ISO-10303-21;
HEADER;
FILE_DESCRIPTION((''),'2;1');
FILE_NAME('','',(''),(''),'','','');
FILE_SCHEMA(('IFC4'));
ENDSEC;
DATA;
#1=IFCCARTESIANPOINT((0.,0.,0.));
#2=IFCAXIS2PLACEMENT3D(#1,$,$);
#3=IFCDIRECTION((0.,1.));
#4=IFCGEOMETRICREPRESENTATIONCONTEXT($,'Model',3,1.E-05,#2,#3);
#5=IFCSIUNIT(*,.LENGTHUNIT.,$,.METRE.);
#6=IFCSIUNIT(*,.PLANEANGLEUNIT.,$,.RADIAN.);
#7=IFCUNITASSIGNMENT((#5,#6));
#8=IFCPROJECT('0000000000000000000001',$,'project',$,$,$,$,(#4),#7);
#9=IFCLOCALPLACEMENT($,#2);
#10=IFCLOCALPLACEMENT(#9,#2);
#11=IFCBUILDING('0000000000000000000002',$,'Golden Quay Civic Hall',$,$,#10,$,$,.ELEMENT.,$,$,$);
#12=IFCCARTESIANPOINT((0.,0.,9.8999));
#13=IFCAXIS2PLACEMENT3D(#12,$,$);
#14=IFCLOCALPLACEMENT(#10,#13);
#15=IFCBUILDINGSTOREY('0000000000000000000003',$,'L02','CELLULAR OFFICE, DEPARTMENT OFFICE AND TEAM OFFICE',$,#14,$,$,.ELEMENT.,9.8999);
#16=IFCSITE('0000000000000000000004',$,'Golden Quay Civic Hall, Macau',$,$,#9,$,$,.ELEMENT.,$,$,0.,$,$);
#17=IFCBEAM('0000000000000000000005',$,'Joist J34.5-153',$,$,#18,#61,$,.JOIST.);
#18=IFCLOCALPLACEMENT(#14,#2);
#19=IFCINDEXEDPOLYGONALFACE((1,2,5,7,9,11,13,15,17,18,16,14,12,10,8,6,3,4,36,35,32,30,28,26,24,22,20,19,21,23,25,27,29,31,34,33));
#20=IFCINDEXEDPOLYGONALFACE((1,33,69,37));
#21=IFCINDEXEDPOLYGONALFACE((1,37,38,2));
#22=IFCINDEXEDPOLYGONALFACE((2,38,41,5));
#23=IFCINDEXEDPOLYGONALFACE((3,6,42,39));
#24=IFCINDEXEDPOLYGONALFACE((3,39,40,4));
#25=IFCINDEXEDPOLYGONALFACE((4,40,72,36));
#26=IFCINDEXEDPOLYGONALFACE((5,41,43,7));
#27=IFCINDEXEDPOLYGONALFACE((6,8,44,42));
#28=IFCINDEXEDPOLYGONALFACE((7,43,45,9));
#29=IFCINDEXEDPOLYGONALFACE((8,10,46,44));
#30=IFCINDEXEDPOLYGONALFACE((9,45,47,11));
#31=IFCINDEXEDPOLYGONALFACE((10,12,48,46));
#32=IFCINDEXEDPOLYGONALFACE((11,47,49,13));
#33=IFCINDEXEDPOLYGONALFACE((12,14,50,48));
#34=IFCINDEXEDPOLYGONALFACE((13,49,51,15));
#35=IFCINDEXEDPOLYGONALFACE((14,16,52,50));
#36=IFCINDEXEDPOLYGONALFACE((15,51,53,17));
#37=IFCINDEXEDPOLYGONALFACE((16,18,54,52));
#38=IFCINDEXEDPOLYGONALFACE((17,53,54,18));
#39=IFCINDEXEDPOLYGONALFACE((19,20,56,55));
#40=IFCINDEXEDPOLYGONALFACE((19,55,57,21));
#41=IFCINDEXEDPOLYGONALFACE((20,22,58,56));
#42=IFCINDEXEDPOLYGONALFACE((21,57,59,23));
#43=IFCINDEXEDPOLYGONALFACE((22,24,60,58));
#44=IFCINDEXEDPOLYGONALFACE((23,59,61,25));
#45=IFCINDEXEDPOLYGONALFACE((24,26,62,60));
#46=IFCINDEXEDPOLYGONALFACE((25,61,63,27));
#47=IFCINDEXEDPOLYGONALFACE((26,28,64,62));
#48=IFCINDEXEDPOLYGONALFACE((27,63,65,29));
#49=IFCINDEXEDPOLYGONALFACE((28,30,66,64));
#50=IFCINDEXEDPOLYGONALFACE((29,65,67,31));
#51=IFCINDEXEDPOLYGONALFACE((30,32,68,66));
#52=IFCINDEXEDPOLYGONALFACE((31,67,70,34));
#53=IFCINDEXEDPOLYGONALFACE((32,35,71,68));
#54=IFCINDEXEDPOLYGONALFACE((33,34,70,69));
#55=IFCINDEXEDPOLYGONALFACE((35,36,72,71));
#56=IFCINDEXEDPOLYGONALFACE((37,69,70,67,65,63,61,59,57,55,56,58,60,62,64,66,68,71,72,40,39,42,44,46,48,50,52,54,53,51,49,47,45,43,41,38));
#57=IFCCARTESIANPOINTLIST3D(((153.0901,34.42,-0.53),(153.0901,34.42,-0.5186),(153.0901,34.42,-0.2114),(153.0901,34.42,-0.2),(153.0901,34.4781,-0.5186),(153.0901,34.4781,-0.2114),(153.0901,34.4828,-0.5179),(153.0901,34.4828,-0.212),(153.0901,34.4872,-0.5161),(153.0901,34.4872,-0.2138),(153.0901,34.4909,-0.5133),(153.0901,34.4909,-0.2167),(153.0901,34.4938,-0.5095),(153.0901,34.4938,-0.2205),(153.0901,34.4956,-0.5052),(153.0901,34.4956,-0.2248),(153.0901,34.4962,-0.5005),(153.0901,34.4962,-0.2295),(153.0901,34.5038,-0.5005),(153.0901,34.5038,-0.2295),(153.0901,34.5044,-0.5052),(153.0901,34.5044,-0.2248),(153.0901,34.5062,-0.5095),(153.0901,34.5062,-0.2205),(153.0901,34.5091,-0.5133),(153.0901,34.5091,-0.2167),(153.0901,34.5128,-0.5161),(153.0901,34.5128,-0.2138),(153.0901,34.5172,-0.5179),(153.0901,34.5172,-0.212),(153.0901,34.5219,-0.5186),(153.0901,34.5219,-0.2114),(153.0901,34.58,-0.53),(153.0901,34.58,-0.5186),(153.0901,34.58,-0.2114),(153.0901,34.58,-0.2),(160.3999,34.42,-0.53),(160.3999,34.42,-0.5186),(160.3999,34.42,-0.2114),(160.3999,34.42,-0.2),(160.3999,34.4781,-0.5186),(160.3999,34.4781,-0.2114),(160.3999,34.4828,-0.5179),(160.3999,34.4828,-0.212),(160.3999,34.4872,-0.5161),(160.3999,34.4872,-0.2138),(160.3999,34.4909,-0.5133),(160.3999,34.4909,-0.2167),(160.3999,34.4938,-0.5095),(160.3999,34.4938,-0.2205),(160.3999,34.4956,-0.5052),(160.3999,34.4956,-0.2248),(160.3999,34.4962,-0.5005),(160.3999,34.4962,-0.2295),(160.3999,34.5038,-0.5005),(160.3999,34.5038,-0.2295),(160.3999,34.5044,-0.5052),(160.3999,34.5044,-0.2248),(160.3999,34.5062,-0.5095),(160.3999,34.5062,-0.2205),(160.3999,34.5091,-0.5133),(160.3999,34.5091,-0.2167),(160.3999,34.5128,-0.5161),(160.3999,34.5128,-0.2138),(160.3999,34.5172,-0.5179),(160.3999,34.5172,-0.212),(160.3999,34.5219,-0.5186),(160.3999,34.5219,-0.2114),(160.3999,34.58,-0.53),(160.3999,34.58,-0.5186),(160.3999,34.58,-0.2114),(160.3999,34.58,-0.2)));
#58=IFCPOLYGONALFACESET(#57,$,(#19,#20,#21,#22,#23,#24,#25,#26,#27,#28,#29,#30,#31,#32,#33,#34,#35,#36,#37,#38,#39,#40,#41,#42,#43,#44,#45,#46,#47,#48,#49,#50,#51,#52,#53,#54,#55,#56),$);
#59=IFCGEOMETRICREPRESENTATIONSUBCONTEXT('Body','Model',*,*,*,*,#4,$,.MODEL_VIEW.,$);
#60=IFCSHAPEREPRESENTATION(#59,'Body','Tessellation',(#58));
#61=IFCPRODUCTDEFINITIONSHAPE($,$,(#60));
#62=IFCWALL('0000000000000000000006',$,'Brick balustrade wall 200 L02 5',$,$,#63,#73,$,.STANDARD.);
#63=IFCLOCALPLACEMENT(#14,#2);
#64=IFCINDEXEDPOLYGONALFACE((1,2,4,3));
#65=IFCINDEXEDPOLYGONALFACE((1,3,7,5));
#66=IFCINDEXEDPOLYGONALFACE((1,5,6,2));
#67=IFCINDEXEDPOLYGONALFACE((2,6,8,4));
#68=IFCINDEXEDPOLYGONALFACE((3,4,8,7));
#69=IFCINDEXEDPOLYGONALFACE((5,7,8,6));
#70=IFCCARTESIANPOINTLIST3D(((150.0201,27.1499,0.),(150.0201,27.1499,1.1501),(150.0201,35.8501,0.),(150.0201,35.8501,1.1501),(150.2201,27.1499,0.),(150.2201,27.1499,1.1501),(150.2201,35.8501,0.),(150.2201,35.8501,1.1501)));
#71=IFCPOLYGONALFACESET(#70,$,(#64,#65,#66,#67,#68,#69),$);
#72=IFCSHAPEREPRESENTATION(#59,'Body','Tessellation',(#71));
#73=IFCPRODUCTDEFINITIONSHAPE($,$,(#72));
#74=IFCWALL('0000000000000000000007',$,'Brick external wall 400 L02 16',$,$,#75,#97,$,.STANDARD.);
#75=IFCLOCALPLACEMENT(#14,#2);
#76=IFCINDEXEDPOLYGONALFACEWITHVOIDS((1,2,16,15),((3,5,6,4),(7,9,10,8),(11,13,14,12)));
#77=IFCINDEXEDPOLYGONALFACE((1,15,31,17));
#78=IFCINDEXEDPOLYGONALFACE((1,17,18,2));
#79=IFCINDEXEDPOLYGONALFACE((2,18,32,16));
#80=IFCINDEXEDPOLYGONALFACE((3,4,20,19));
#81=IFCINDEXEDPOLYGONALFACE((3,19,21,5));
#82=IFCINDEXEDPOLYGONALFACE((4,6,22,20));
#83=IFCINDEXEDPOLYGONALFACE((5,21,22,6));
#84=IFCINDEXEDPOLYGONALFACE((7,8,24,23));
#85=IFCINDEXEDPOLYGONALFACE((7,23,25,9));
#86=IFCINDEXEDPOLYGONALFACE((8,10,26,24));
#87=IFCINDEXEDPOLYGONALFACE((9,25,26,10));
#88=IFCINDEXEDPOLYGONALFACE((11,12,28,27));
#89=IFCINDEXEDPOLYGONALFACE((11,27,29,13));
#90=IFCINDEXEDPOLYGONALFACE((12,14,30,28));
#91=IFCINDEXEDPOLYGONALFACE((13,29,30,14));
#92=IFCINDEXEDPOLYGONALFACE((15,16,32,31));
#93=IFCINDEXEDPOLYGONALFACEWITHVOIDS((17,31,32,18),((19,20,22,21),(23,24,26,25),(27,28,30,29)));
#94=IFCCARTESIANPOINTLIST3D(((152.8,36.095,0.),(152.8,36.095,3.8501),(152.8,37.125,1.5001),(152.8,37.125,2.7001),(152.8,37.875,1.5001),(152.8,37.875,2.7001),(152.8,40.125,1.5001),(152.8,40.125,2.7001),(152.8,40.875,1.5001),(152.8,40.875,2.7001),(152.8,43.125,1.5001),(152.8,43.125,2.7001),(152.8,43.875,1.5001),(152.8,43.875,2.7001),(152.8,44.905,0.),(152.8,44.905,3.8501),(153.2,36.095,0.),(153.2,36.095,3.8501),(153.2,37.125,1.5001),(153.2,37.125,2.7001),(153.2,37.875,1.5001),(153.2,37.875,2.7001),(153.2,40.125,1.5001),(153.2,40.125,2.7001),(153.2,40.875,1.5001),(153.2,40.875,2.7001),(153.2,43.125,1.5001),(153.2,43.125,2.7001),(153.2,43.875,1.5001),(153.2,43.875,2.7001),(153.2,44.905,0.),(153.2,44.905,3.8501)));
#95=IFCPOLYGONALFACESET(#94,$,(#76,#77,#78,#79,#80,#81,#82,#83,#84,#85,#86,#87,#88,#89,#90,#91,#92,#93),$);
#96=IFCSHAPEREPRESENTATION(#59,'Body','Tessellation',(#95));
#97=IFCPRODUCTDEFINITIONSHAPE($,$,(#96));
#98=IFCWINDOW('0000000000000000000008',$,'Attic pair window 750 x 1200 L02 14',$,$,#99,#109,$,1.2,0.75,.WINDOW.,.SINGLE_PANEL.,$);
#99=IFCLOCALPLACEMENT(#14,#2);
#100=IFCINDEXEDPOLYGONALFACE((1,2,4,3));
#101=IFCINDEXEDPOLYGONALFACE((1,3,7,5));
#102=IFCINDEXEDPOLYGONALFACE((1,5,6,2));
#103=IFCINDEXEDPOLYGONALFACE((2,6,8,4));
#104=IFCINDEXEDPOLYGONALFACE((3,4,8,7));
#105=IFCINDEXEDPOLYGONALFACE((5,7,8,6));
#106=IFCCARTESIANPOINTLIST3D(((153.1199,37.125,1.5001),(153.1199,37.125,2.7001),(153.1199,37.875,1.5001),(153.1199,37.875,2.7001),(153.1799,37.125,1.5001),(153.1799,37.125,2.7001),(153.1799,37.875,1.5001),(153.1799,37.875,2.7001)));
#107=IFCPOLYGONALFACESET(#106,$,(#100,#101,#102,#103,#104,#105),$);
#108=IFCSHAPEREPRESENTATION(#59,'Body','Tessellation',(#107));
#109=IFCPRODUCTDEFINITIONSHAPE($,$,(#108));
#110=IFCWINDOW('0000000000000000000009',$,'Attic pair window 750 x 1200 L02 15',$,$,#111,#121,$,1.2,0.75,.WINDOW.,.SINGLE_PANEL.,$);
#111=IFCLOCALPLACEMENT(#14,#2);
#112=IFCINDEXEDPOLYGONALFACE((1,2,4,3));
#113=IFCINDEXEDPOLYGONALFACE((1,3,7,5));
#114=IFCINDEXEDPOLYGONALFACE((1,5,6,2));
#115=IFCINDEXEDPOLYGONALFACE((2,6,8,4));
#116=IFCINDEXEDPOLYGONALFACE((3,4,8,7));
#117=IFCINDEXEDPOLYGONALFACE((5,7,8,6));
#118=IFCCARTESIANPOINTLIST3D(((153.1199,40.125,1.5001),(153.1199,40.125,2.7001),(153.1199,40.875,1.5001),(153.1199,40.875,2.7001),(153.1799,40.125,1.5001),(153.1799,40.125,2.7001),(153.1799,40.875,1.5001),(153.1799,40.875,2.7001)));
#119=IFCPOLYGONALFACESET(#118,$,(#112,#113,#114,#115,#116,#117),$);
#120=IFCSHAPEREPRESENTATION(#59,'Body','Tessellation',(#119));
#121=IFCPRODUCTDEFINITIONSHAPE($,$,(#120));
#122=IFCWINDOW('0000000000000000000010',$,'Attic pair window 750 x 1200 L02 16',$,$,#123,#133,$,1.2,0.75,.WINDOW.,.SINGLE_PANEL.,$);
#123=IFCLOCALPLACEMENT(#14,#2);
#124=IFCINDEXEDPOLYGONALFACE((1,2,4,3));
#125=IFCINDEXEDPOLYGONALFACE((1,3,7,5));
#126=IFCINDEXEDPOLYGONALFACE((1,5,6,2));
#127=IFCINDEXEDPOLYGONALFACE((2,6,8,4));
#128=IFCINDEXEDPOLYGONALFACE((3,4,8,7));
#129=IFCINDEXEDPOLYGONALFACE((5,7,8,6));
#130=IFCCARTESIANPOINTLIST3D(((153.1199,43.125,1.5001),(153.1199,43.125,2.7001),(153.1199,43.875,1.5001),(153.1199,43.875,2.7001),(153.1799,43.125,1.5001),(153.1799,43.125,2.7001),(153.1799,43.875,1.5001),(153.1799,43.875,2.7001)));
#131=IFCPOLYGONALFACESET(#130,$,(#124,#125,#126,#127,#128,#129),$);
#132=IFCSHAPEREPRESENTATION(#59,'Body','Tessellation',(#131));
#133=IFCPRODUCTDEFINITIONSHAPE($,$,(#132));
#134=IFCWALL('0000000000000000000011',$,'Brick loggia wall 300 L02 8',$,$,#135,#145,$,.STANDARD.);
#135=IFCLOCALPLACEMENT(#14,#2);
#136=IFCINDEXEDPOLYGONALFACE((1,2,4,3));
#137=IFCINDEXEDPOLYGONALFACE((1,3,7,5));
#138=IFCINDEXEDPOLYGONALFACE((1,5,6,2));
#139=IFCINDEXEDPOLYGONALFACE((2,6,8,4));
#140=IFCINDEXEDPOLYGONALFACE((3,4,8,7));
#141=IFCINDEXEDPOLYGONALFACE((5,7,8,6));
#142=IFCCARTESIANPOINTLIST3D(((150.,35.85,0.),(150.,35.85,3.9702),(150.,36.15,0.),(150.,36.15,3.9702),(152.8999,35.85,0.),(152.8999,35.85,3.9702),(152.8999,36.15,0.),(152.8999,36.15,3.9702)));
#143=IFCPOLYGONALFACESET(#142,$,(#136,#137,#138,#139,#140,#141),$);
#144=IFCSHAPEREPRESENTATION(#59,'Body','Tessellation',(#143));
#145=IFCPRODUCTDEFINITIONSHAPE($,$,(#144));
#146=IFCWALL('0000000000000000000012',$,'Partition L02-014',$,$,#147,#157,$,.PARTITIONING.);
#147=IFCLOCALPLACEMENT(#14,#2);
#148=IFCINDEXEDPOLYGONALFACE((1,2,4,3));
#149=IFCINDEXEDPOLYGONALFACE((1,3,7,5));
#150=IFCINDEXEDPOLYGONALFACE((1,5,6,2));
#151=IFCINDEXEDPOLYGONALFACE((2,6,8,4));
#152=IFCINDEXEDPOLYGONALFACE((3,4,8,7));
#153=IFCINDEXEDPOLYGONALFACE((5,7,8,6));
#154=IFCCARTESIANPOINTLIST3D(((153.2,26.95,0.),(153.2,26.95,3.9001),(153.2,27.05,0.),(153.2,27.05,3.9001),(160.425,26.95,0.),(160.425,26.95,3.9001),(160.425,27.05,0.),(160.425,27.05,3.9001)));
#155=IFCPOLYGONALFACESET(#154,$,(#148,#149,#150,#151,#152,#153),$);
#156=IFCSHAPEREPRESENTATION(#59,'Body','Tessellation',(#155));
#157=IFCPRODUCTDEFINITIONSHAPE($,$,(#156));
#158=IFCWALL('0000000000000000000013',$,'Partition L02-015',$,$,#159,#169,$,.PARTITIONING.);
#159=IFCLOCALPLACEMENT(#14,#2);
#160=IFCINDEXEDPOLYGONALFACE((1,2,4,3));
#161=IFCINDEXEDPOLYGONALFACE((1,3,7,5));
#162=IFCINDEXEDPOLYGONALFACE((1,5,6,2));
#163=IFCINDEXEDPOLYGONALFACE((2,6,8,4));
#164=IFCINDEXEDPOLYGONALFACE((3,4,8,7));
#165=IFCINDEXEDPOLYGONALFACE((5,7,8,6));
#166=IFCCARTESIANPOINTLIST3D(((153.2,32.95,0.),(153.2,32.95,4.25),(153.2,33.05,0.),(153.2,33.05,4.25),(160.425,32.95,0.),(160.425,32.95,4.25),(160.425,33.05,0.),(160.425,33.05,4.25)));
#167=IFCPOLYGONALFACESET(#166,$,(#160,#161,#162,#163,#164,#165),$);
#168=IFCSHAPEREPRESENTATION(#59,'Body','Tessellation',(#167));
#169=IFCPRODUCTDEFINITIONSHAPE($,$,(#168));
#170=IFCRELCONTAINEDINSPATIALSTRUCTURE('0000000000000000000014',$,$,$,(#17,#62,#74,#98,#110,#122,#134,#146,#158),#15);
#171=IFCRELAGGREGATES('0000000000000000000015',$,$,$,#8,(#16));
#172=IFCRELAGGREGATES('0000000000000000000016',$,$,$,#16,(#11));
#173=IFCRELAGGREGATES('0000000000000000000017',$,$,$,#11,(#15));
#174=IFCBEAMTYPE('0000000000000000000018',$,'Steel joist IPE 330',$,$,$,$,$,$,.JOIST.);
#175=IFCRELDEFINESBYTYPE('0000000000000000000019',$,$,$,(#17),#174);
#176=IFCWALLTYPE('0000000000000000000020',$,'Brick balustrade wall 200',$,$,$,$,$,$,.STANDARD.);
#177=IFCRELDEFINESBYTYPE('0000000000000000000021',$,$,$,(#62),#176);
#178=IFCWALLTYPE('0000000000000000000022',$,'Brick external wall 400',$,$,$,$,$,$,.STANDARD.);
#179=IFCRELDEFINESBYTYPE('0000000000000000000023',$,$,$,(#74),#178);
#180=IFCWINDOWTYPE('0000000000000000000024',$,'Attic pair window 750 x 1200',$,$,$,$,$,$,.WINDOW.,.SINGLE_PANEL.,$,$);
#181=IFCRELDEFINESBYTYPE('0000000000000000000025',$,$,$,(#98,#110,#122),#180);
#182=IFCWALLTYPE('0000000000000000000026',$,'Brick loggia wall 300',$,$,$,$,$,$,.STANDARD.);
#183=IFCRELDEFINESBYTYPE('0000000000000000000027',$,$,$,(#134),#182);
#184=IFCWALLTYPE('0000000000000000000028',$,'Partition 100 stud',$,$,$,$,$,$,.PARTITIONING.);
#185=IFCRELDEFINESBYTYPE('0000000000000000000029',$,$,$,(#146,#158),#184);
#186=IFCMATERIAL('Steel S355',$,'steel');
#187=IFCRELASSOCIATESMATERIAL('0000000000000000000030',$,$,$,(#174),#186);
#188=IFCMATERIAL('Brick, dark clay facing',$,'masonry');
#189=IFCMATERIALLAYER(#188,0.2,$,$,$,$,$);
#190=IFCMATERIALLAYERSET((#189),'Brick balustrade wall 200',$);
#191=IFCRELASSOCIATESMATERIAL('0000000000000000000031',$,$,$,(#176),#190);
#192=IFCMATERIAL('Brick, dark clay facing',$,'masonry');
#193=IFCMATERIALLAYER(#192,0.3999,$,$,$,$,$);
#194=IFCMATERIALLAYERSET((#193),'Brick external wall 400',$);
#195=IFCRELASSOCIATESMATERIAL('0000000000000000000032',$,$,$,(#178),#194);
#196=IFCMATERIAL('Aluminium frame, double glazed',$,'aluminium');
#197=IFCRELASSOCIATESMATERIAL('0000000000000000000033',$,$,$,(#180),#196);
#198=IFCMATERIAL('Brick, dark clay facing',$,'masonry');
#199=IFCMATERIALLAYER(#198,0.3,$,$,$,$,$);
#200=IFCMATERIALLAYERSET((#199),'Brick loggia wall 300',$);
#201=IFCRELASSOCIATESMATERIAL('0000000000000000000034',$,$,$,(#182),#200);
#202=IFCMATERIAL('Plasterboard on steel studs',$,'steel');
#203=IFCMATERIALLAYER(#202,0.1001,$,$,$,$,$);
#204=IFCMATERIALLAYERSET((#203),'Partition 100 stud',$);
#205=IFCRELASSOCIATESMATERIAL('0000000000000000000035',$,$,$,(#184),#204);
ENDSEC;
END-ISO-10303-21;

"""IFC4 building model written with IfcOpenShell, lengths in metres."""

from ifc_helpers import new_model, si_unit, direction, frame, frame_2d, origin, origin_2d, place, context, subcontext, project, spatial, rectangle, i_section, extrude, material, layer, layer_set, material_profile, profile_set, type_object, element, fill, save


model = new_model("IFC4")

# Units and contexts
model_context = context("Model", 3, precision=1e-05, world=origin(), true_north=direction((0.0, 1.0)))
body_context = subcontext(model_context, "Body", "Model", "MODEL_VIEW")
ifc_project = project(units=[si_unit("LENGTHUNIT", "METRE"), si_unit("PLANEANGLEUNIT", "RADIAN")], contexts=[model_context])

# Site, building, storey
site_placement = place(None, origin())
site = spatial("IfcSite", under=ifc_project, at=site_placement, Name="Golden Quay Civic Hall, Macau", CompositionType="ELEMENT", RefElevation=0.0)
building_placement = place(site_placement, origin())
building = spatial("IfcBuilding", under=site, at=building_placement, Name="Golden Quay Civic Hall", CompositionType="ELEMENT")
storey_placement = place(building_placement, frame((0.0, 0.0, 9.8999)))
storey = spatial("IfcBuildingStorey", under=building, at=storey_placement, Name="L02", Description="CELLULAR OFFICE, DEPARTMENT OFFICE AND TEAM OFFICE", CompositionType="ELEMENT", Elevation=9.8999)

# Beam
ifc_material_1 = material(Name="Steel S355", Category="steel")
ifc_material_profile_1 = material_profile(ifc_material_1, i_section(OverallWidth=0.1599, OverallDepth=0.3301, WebThickness=0.0076, FlangeThickness=0.0115, FilletRadius=0.0181, at=origin_2d()), Name="IPE 330")
ifc_profile_set_1 = profile_set([ifc_material_profile_1], Name="Steel S355")
beam_type_1 = type_object("IfcBeamType", Name="Steel joist IPE 330", PredefinedType="JOIST", material=ifc_profile_set_1)
for number, where, z_axis, x_axis, name in (
    (1, (153.0901, 34.5, -0.365), (1.0, 0.0, 0.0), (0.0, 1.0, 0.0), "Joist J34.5-153"),
):
    element("IfcBeam", number, at=place(storey_placement, frame(where, z_axis=z_axis, x_axis=x_axis)), inside=storey, type_object=beam_type_1, Name=name, PredefinedType="JOIST", context=body_context, shape_type="SweptSolid", body=[
        extrude(i_section(OverallWidth=0.1599, OverallDepth=0.3301, WebThickness=0.0076, FlangeThickness=0.0115, FilletRadius=0.0181, at=origin_2d()), origin(), (0.0, 0.0, 1.0), 7.3098),
    ])

# Wall
ifc_material_2 = material(Name="Brick, dark clay facing", Category="masonry")
ifc_layer_1 = layer(ifc_material_2, 0.2)
ifc_layer_set_1 = layer_set([ifc_layer_1], Name="Brick balustrade wall 200")
wall_type_1 = type_object("IfcWallType", Name="Brick balustrade wall 200", PredefinedType="STANDARD", material=ifc_layer_set_1)
wall_1_placement = place(storey_placement, frame((150.1201, 27.1499, 0.0), z_axis=(0.0, 0.0, 1.0), x_axis=(0.0, 1.0, 0.0)))
element("IfcWall", 2, at=wall_1_placement, inside=storey, type_object=wall_type_1, Name="Brick balustrade wall 200 L02 5", PredefinedType="STANDARD", context=body_context, shape_type="SweptSolid", body=[
    extrude(rectangle(XDim=8.7002, YDim=0.2, at=frame_2d((4.3501, 0.0))), origin(), (0.0, 0.0, 1.0), 1.1501),
])

# Shared definitions
ifc_material_3 = material(Name="Brick, dark clay facing", Category="masonry")
ifc_layer_2 = layer(ifc_material_3, 0.3999)
ifc_layer_set_2 = layer_set([ifc_layer_2], Name="Brick external wall 400")
wall_type_2 = type_object("IfcWallType", Name="Brick external wall 400", PredefinedType="STANDARD", material=ifc_layer_set_2)
ifc_material_4 = material(Name="Aluminium frame, double glazed", Category="aluminium")
window_type = type_object("IfcWindowType", Name="Attic pair window 750 x 1200", PartitioningType="SINGLE_PANEL", PredefinedType="WINDOW", material=ifc_material_4)

# Wall, openings, windows
wall_2_placement = place(storey_placement, frame((153.0, 36.095, 0.0), z_axis=(0.0, 0.0, 1.0), x_axis=(0.0, 1.0, 0.0)))
wall_2 = element("IfcWall", 3, at=wall_2_placement, inside=storey, type_object=wall_type_2, Name="Brick external wall 400 L02 16", PredefinedType="STANDARD", context=body_context, shape_type="SweptSolid", body=[
    extrude(rectangle(XDim=8.8101, YDim=0.3999, at=frame_2d((4.405, 0.0))), origin(), (0.0, 0.0, 1.0), 3.8501),
])
opening_1_placement = place(wall_2_placement, frame((1.03, 0.0, 1.5)))
opening_1 = element("IfcOpeningElement", 4, at=opening_1_placement, cuts=wall_2, PredefinedType="OPENING", context=body_context, shape_type="SweptSolid", body=[
    extrude(rectangle(XDim=0.75, YDim=1.2, at=frame_2d((0.375, 0.6001))), frame((0.0, 0.21, 0.0), z_axis=(0.0, -1.0, 0.0), x_axis=(1.0, 0.0, 0.0)), (0.0, 0.0, 1.0), 0.4199),
])
opening_2_placement = place(wall_2_placement, frame((4.03, 0.0, 1.5)))
opening_2 = element("IfcOpeningElement", 5, at=opening_2_placement, cuts=wall_2, PredefinedType="OPENING", context=body_context, shape_type="SweptSolid", body=[
    extrude(rectangle(XDim=0.75, YDim=1.2, at=frame_2d((0.375, 0.6001))), frame((0.0, 0.21, 0.0), z_axis=(0.0, -1.0, 0.0), x_axis=(1.0, 0.0, 0.0)), (0.0, 0.0, 1.0), 0.4199),
])
opening_3_placement = place(wall_2_placement, frame((7.03, 0.0, 1.5)))
opening_3 = element("IfcOpeningElement", 6, at=opening_3_placement, cuts=wall_2, PredefinedType="OPENING", context=body_context, shape_type="SweptSolid", body=[
    extrude(rectangle(XDim=0.75, YDim=1.2, at=frame_2d((0.375, 0.6001))), frame((0.0, 0.21, 0.0), z_axis=(0.0, -1.0, 0.0), x_axis=(1.0, 0.0, 0.0)), (0.0, 0.0, 1.0), 0.4199),
])
window_1_placement = place(opening_1_placement, origin())
window_1 = element("IfcWindow", 7, at=window_1_placement, inside=storey, type_object=window_type, Name="Attic pair window 750 x 1200 L02 14", OverallHeight=1.2, OverallWidth=0.75, PartitioningType="SINGLE_PANEL", PredefinedType="WINDOW", context=body_context, shape_type="SweptSolid", body=[
    extrude(rectangle(XDim=0.75, YDim=1.2, at=frame_2d((0.375, 0.6001))), frame((0.0, -0.1199, 0.0), z_axis=(0.0, -1.0, 0.0), x_axis=(1.0, 0.0, 0.0)), (0.0, 0.0, 1.0), 0.0601),
])
fill(opening_1, window_1)
window_2_placement = place(opening_2_placement, origin())
window_2 = element("IfcWindow", 8, at=window_2_placement, inside=storey, type_object=window_type, Name="Attic pair window 750 x 1200 L02 15", OverallHeight=1.2, OverallWidth=0.75, PartitioningType="SINGLE_PANEL", PredefinedType="WINDOW", context=body_context, shape_type="SweptSolid", body=[
    extrude(rectangle(XDim=0.75, YDim=1.2, at=frame_2d((0.375, 0.6001))), frame((0.0, -0.1199, 0.0), z_axis=(0.0, -1.0, 0.0), x_axis=(1.0, 0.0, 0.0)), (0.0, 0.0, 1.0), 0.0601),
])
fill(opening_2, window_2)
window_3_placement = place(opening_3_placement, origin())
window_3 = element("IfcWindow", 9, at=window_3_placement, inside=storey, type_object=window_type, Name="Attic pair window 750 x 1200 L02 16", OverallHeight=1.2, OverallWidth=0.75, PartitioningType="SINGLE_PANEL", PredefinedType="WINDOW", context=body_context, shape_type="SweptSolid", body=[
    extrude(rectangle(XDim=0.75, YDim=1.2, at=frame_2d((0.375, 0.6001))), frame((0.0, -0.1199, 0.0), z_axis=(0.0, -1.0, 0.0), x_axis=(1.0, 0.0, 0.0)), (0.0, 0.0, 1.0), 0.0601),
])
fill(opening_3, window_3)

# Walls
ifc_material_5 = material(Name="Brick, dark clay facing", Category="masonry")
ifc_layer_3 = layer(ifc_material_5, 0.3)
ifc_layer_set_3 = layer_set([ifc_layer_3], Name="Brick loggia wall 300")
wall_type_3 = type_object("IfcWallType", Name="Brick loggia wall 300", PredefinedType="STANDARD", material=ifc_layer_set_3)
wall_3_placement = place(storey_placement, frame((152.8999, 36.0, 0.0), z_axis=(0.0, 0.0, 1.0), x_axis=(-1.0, 0.0, 0.0)))
element("IfcWall", 10, at=wall_3_placement, inside=storey, type_object=wall_type_3, Name="Brick loggia wall 300 L02 8", PredefinedType="STANDARD", context=body_context, shape_type="SweptSolid", body=[
    extrude(rectangle(XDim=2.8999, YDim=0.3, at=frame_2d((1.45, 0.0))), origin(), (0.0, 0.0, 1.0), 3.9702),
])
ifc_material_6 = material(Name="Plasterboard on steel studs", Category="steel")
ifc_layer_4 = layer(ifc_material_6, 0.1001)
ifc_layer_set_4 = layer_set([ifc_layer_4], Name="Partition 100 stud")
wall_type_4 = type_object("IfcWallType", Name="Partition 100 stud", PredefinedType="PARTITIONING", material=ifc_layer_set_4)
wall_4_placement = place(storey_placement, frame((153.2, 27.0, 0.0), z_axis=(0.0, 0.0, 1.0), x_axis=(1.0, 0.0, 0.0)))
element("IfcWall", 11, at=wall_4_placement, inside=storey, type_object=wall_type_4, Name="Partition L02-014", PredefinedType="PARTITIONING", context=body_context, shape_type="SweptSolid", body=[
    extrude(rectangle(XDim=7.2251, YDim=0.1001, at=frame_2d((3.6125, 0.0))), origin(), (0.0, 0.0, 1.0), 3.9001),
])
wall_5_placement = place(storey_placement, frame((153.2, 33.0, 0.0), z_axis=(0.0, 0.0, 1.0), x_axis=(1.0, 0.0, 0.0)))
element("IfcWall", 12, at=wall_5_placement, inside=storey, type_object=wall_type_4, Name="Partition L02-015", PredefinedType="PARTITIONING", context=body_context, shape_type="SweptSolid", body=[
    extrude(rectangle(XDim=7.2251, YDim=0.1001, at=frame_2d((3.6125, 0.0))), origin(), (0.0, 0.0, 1.0), 4.25),
])

save(model, "model.ifc")
